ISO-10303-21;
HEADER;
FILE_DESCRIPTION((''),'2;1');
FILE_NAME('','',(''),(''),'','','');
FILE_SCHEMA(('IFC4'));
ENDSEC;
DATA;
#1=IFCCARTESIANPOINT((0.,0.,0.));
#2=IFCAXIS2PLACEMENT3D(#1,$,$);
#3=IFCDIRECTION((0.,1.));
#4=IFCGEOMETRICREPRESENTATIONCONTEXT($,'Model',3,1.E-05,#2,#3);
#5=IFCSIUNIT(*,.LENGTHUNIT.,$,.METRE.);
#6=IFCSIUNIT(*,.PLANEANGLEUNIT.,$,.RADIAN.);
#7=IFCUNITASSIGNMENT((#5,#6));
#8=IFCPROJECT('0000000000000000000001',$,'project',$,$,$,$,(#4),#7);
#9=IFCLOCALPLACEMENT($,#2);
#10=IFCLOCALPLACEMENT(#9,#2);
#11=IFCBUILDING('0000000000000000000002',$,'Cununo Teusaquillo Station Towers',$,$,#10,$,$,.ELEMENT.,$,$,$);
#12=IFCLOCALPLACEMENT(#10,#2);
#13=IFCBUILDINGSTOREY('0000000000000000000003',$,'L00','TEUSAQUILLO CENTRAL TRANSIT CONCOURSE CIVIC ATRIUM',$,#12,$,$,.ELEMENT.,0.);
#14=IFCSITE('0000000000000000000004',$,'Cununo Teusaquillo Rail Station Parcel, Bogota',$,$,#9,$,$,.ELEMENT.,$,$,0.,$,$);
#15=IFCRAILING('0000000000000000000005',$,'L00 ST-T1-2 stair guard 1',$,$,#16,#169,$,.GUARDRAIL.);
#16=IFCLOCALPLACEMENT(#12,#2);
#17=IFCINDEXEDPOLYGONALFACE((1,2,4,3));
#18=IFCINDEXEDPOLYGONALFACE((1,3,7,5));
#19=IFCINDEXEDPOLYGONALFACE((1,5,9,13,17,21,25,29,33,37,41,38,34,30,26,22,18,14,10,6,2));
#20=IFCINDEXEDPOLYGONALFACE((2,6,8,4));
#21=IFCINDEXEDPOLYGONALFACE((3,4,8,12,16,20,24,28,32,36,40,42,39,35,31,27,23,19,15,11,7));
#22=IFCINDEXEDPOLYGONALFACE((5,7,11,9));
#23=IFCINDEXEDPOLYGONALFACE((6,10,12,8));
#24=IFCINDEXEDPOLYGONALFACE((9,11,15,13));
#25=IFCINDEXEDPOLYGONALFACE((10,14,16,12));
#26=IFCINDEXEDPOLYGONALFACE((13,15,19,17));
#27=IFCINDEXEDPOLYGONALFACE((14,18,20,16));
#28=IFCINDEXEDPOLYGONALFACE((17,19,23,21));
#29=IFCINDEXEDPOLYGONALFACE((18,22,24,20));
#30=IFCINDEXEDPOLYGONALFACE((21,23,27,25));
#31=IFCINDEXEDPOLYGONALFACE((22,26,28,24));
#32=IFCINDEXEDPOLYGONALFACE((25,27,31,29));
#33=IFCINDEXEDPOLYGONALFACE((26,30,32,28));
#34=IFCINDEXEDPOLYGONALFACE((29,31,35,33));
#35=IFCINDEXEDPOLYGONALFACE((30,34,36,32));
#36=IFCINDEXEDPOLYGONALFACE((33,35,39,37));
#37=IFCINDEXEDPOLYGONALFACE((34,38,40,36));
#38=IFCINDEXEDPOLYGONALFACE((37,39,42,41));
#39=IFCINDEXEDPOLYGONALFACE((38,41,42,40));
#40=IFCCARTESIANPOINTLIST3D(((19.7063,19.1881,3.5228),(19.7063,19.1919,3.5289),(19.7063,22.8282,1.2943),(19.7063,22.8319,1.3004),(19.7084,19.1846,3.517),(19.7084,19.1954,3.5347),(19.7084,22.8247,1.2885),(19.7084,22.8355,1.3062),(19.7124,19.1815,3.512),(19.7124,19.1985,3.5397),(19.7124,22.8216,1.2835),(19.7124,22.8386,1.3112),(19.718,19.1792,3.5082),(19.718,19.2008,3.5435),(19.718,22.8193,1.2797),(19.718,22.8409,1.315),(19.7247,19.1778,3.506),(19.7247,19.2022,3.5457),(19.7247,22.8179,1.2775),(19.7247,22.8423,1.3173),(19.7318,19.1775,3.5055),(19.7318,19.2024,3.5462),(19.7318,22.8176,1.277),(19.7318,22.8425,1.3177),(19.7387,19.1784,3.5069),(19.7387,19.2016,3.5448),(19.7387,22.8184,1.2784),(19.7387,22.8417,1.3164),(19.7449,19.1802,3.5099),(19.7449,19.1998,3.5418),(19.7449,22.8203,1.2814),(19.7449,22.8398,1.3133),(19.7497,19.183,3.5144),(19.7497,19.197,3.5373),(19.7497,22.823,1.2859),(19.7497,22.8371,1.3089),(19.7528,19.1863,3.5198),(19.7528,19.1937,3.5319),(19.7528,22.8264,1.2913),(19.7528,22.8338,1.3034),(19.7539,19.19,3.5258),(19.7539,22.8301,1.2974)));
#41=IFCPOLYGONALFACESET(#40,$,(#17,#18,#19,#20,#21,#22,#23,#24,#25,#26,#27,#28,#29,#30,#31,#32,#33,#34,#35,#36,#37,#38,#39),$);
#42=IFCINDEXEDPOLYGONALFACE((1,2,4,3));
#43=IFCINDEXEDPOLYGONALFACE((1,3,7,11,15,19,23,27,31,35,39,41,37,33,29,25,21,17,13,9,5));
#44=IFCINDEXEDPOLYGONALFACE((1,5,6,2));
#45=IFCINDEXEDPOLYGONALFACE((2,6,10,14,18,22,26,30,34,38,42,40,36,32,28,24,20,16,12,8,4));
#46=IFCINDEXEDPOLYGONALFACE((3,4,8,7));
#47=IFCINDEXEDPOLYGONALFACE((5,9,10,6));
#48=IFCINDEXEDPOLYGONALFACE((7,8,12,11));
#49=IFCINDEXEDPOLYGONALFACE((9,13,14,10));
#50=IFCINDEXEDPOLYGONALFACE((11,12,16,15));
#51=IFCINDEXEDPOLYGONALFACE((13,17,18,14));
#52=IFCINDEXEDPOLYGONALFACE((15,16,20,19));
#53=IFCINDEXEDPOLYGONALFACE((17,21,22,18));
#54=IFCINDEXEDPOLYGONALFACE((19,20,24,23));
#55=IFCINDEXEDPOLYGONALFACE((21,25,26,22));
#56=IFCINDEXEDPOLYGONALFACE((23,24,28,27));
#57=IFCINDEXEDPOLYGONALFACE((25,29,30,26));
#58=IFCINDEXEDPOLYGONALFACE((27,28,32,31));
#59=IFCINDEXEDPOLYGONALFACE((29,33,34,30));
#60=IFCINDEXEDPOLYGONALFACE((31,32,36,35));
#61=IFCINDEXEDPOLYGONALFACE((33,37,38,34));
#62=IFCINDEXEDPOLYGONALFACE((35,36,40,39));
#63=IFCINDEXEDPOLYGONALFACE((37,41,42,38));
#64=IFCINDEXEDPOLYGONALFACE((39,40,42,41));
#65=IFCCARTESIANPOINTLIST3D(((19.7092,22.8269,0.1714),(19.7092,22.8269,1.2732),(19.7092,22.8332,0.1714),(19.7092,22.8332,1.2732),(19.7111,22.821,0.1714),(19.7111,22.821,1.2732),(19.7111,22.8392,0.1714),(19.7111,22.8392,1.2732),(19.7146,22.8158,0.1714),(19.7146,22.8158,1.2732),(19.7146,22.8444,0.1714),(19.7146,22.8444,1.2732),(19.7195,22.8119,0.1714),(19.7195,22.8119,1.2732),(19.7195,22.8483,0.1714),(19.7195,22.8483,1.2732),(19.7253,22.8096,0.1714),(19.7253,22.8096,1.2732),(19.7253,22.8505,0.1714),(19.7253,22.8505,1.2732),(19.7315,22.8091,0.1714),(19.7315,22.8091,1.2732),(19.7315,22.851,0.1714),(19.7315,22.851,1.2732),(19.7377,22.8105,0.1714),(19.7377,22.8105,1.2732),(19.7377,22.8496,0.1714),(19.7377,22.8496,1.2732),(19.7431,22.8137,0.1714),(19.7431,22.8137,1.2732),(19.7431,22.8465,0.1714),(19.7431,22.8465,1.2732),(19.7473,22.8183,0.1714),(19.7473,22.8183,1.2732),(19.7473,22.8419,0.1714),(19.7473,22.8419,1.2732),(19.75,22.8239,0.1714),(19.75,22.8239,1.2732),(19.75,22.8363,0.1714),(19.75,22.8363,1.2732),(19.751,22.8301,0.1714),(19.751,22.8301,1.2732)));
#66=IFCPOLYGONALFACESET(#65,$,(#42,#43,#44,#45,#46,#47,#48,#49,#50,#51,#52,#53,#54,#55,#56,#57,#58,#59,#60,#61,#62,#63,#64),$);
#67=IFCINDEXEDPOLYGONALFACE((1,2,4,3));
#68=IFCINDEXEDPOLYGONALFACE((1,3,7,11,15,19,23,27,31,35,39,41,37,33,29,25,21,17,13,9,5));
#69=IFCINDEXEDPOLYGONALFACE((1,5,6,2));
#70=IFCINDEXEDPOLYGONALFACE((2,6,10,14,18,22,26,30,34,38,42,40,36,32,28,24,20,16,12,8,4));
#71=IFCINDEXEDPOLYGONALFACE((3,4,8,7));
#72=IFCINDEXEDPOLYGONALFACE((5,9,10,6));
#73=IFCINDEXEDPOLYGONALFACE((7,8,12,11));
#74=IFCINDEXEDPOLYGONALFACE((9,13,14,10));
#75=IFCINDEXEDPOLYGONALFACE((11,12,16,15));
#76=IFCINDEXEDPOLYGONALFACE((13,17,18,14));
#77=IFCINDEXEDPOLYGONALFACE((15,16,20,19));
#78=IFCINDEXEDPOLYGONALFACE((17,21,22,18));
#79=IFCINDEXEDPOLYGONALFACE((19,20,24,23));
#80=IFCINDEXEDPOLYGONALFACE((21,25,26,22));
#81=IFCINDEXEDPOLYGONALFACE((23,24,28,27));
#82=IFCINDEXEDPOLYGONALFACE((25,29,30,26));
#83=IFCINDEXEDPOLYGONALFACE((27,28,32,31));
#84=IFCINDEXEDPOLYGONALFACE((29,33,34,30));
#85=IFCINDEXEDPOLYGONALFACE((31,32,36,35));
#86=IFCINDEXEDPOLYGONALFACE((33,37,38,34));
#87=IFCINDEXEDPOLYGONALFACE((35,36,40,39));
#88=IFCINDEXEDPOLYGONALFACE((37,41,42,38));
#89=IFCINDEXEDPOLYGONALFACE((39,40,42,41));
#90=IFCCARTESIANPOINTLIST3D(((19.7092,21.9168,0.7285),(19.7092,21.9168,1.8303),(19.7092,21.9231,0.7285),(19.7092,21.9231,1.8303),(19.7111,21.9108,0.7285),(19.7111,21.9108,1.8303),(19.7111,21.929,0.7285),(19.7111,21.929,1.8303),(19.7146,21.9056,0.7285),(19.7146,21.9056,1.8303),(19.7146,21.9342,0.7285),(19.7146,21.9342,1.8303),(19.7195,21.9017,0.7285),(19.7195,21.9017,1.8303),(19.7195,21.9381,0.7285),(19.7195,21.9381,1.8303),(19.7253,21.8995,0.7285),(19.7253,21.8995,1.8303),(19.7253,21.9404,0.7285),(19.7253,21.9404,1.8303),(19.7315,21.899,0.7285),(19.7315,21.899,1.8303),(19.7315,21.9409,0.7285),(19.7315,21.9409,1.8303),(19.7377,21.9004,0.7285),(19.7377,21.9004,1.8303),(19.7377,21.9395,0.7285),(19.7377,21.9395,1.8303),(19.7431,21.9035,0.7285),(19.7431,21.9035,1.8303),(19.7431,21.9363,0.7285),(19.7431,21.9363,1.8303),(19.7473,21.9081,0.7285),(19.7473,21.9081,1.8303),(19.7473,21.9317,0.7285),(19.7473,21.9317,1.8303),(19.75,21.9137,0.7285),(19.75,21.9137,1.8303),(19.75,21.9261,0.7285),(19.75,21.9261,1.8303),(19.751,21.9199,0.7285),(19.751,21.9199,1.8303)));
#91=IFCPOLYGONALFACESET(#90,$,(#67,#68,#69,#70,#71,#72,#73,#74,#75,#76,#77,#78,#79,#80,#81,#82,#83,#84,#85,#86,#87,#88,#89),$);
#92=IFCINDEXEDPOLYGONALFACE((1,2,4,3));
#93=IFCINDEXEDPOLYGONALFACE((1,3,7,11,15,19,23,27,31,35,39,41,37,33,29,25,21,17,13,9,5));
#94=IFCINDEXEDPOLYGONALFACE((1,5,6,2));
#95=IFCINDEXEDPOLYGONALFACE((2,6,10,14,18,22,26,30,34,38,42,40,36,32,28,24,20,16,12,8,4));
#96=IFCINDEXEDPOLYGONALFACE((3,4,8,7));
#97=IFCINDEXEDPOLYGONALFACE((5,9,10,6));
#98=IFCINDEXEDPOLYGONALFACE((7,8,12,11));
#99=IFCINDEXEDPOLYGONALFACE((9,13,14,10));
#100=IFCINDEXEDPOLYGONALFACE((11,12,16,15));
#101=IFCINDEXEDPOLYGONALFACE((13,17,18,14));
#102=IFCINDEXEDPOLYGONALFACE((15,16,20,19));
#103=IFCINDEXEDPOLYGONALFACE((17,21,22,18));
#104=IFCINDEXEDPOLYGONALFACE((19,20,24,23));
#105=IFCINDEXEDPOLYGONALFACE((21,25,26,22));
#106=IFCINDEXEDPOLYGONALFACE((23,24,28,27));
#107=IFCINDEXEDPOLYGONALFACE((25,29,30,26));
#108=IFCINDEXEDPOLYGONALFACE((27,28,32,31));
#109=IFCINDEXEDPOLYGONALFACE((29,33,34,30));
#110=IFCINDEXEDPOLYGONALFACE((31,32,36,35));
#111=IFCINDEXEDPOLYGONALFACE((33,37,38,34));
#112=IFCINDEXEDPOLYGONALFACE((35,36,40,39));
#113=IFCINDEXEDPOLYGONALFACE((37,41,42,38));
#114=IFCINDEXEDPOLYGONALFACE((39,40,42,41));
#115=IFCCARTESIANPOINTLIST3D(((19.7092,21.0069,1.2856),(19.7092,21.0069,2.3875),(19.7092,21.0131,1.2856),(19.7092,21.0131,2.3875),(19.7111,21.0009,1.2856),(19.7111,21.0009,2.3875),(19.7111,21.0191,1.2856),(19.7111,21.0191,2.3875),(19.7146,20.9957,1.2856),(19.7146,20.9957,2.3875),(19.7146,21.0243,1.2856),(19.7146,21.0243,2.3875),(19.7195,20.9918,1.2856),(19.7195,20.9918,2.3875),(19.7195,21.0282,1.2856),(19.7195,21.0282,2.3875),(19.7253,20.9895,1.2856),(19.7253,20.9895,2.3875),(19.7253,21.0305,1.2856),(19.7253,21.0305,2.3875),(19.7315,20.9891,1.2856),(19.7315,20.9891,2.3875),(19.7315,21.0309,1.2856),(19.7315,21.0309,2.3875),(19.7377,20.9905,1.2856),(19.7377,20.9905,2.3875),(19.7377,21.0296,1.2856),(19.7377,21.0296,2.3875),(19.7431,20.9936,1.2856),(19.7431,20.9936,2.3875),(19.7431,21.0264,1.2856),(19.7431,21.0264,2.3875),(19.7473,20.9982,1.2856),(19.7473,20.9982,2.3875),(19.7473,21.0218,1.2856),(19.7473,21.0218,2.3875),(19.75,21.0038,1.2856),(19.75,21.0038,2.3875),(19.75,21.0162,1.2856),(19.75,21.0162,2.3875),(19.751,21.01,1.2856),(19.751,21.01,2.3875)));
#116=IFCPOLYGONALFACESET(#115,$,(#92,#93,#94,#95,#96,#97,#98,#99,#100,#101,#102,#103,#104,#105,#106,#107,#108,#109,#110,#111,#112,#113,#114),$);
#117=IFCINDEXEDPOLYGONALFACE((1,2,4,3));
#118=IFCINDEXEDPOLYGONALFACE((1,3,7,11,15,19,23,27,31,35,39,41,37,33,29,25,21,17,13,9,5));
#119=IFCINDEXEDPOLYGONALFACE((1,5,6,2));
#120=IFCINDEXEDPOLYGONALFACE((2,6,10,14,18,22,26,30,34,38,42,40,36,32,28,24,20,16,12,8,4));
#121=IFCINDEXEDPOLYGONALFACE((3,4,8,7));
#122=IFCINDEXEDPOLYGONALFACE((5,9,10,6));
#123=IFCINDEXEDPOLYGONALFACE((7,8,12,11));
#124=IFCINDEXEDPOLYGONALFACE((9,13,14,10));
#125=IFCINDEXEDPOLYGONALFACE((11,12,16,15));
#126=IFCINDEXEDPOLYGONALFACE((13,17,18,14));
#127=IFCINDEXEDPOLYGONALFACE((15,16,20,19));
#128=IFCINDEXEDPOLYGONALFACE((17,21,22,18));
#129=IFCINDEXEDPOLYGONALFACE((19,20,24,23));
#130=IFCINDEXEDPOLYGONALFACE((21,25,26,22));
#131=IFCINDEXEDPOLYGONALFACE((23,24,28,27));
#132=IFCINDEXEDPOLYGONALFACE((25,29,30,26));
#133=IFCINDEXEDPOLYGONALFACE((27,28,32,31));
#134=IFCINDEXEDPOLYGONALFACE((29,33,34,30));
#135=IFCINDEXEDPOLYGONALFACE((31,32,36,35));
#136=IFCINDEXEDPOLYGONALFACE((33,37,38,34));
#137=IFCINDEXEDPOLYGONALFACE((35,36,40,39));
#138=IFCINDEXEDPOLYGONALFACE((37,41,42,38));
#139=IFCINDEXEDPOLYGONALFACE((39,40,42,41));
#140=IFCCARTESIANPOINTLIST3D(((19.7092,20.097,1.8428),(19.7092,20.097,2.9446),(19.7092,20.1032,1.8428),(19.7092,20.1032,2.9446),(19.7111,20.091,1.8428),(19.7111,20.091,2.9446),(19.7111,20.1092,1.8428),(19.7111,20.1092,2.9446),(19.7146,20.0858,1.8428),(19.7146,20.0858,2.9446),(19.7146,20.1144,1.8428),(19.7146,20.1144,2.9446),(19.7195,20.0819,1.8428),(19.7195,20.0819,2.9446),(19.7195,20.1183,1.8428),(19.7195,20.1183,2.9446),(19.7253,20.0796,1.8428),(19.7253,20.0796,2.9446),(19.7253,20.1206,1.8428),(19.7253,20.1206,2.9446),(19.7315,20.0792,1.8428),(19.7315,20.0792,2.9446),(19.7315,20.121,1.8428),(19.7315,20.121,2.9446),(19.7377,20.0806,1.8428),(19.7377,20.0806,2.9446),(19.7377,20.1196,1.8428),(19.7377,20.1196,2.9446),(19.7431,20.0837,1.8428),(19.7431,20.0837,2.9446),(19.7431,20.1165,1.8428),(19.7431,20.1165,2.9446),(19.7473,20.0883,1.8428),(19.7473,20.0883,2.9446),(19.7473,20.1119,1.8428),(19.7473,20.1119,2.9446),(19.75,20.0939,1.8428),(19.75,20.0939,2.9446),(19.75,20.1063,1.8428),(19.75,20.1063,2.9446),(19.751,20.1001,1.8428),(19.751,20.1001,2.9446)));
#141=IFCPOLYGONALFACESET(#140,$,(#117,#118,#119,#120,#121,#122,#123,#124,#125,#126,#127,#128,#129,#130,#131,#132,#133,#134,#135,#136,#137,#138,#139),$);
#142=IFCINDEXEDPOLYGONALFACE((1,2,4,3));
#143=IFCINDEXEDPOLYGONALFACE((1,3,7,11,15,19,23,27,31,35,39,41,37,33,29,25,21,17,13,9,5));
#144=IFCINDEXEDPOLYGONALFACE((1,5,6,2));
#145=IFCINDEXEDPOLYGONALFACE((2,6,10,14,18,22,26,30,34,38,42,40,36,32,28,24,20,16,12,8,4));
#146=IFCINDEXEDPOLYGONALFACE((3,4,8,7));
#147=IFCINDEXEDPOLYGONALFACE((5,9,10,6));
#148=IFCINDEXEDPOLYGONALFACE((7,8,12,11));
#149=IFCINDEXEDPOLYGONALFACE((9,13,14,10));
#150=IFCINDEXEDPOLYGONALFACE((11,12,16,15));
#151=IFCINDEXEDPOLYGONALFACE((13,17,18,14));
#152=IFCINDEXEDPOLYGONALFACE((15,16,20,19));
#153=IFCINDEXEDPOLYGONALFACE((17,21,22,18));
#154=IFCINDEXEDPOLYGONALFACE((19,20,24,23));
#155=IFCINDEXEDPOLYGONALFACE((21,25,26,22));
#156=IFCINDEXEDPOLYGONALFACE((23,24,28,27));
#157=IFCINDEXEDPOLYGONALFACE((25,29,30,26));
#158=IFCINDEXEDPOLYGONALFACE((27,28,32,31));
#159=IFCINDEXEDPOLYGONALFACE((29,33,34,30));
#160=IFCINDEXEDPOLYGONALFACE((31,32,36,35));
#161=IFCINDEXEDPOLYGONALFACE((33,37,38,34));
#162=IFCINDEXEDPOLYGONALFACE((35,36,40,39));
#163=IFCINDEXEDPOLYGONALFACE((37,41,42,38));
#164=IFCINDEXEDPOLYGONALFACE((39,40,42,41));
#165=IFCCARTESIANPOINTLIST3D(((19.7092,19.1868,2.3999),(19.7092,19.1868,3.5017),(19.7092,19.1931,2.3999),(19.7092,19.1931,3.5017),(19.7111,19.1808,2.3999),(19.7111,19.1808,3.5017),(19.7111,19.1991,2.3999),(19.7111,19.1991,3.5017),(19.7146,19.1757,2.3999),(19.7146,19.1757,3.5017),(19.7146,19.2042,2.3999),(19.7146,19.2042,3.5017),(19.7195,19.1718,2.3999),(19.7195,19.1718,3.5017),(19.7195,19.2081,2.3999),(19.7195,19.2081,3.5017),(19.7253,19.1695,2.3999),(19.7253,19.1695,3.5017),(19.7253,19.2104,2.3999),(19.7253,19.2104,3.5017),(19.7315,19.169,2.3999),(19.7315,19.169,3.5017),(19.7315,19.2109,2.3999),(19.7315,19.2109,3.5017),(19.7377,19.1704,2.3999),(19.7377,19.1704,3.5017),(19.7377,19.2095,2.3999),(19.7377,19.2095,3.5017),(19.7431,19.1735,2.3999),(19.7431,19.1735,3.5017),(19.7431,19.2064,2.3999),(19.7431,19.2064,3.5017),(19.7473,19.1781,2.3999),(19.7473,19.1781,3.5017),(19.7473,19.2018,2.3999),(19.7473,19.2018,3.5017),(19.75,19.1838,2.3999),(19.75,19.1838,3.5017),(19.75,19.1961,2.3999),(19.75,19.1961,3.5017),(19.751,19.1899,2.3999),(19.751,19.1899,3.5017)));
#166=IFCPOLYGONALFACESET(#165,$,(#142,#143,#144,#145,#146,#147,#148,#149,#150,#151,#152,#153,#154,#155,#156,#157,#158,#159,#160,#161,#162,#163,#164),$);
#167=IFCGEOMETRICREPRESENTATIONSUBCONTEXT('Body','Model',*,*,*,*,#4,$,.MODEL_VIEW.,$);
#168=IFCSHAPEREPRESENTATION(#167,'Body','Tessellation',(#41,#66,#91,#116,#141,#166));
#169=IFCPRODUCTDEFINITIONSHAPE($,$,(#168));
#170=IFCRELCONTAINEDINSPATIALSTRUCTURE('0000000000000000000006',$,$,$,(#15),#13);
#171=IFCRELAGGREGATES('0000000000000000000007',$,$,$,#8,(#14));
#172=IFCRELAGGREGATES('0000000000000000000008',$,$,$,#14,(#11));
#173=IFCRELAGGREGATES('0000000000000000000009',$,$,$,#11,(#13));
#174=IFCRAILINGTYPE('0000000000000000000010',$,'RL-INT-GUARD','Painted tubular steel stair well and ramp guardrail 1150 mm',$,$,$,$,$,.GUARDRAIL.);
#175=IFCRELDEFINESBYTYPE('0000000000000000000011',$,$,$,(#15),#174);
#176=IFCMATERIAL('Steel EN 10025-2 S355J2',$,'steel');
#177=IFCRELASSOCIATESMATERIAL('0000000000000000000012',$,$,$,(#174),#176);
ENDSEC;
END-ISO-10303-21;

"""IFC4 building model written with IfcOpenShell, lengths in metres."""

from ifc_helpers import new_model, si_unit, direction, frame, origin, origin_2d, place, context, subcontext, project, spatial, circle, extrude, material, type_object, element, save


model = new_model("IFC4")

# Units and contexts
model_context = context("Model", 3, precision=1e-05, world=origin(), true_north=direction((0.0, 1.0)))
body_context = subcontext(model_context, "Body", "Model", "MODEL_VIEW")
ifc_project = project(units=[si_unit("LENGTHUNIT", "METRE"), si_unit("PLANEANGLEUNIT", "RADIAN")], contexts=[model_context])

# Site, building, storey
site_placement = place(None, origin())
site = spatial("IfcSite", under=ifc_project, at=site_placement, Name="Cununo Teusaquillo Rail Station Parcel, Bogota", CompositionType="ELEMENT", RefElevation=0.0)
building_placement = place(site_placement, origin())
building = spatial("IfcBuilding", under=site, at=building_placement, Name="Cununo Teusaquillo Station Towers", CompositionType="ELEMENT")
storey_placement = place(building_placement, origin())
storey = spatial("IfcBuildingStorey", under=building, at=storey_placement, Name="L00", Description="TEUSAQUILLO CENTRAL TRANSIT CONCOURSE CIVIC ATRIUM", CompositionType="ELEMENT", Elevation=0.0)

# Railing
ifc_material_1 = material(Name="Steel EN 10025-2 S355J2", Category="steel")
railing_type_1 = type_object("IfcRailingType", Name="RL-INT-GUARD", Description="Painted tubular steel stair well and ramp guardrail 1150 mm", PredefinedType="GUARDRAIL", material=ifc_material_1)
railing_1_placement = place(storey_placement, frame((19.73, 22.8301, 0.1714)))
element("IfcRailing", 1, at=railing_1_placement, inside=storey, type_object=railing_type_1, Name="L00 ST-T1-2 stair guard 1", PredefinedType="GUARDRAIL", context=body_context, shape_type="SweptSolid", body=[
    extrude(circle(Radius=0.0239, at=origin_2d()), frame((0.0, 0.0, 1.126), z_axis=(0.0, -0.852866, 0.52213), x_axis=(1.0, 0.0, 0.0)), (0.0, 0.0, 1.0), 4.2681),
    extrude(circle(Radius=0.021, at=origin_2d()), origin(), (0.0, 0.0, 1.0), 1.1018),
    extrude(circle(Radius=0.021, at=origin_2d()), frame((0.0, -0.9102, 0.5571)), (0.0, 0.0, 1.0), 1.1018),
    extrude(circle(Radius=0.021, at=origin_2d()), frame((0.0, -1.8201, 1.1143)), (0.0, 0.0, 1.0), 1.1018),
    extrude(circle(Radius=0.021, at=origin_2d()), frame((0.0, -2.73, 1.6714)), (0.0, 0.0, 1.0), 1.1018),
    extrude(circle(Radius=0.021, at=origin_2d()), frame((0.0, -3.6401, 2.2285)), (0.0, 0.0, 1.0), 1.1018),
])

save(model, "model.ifc")
